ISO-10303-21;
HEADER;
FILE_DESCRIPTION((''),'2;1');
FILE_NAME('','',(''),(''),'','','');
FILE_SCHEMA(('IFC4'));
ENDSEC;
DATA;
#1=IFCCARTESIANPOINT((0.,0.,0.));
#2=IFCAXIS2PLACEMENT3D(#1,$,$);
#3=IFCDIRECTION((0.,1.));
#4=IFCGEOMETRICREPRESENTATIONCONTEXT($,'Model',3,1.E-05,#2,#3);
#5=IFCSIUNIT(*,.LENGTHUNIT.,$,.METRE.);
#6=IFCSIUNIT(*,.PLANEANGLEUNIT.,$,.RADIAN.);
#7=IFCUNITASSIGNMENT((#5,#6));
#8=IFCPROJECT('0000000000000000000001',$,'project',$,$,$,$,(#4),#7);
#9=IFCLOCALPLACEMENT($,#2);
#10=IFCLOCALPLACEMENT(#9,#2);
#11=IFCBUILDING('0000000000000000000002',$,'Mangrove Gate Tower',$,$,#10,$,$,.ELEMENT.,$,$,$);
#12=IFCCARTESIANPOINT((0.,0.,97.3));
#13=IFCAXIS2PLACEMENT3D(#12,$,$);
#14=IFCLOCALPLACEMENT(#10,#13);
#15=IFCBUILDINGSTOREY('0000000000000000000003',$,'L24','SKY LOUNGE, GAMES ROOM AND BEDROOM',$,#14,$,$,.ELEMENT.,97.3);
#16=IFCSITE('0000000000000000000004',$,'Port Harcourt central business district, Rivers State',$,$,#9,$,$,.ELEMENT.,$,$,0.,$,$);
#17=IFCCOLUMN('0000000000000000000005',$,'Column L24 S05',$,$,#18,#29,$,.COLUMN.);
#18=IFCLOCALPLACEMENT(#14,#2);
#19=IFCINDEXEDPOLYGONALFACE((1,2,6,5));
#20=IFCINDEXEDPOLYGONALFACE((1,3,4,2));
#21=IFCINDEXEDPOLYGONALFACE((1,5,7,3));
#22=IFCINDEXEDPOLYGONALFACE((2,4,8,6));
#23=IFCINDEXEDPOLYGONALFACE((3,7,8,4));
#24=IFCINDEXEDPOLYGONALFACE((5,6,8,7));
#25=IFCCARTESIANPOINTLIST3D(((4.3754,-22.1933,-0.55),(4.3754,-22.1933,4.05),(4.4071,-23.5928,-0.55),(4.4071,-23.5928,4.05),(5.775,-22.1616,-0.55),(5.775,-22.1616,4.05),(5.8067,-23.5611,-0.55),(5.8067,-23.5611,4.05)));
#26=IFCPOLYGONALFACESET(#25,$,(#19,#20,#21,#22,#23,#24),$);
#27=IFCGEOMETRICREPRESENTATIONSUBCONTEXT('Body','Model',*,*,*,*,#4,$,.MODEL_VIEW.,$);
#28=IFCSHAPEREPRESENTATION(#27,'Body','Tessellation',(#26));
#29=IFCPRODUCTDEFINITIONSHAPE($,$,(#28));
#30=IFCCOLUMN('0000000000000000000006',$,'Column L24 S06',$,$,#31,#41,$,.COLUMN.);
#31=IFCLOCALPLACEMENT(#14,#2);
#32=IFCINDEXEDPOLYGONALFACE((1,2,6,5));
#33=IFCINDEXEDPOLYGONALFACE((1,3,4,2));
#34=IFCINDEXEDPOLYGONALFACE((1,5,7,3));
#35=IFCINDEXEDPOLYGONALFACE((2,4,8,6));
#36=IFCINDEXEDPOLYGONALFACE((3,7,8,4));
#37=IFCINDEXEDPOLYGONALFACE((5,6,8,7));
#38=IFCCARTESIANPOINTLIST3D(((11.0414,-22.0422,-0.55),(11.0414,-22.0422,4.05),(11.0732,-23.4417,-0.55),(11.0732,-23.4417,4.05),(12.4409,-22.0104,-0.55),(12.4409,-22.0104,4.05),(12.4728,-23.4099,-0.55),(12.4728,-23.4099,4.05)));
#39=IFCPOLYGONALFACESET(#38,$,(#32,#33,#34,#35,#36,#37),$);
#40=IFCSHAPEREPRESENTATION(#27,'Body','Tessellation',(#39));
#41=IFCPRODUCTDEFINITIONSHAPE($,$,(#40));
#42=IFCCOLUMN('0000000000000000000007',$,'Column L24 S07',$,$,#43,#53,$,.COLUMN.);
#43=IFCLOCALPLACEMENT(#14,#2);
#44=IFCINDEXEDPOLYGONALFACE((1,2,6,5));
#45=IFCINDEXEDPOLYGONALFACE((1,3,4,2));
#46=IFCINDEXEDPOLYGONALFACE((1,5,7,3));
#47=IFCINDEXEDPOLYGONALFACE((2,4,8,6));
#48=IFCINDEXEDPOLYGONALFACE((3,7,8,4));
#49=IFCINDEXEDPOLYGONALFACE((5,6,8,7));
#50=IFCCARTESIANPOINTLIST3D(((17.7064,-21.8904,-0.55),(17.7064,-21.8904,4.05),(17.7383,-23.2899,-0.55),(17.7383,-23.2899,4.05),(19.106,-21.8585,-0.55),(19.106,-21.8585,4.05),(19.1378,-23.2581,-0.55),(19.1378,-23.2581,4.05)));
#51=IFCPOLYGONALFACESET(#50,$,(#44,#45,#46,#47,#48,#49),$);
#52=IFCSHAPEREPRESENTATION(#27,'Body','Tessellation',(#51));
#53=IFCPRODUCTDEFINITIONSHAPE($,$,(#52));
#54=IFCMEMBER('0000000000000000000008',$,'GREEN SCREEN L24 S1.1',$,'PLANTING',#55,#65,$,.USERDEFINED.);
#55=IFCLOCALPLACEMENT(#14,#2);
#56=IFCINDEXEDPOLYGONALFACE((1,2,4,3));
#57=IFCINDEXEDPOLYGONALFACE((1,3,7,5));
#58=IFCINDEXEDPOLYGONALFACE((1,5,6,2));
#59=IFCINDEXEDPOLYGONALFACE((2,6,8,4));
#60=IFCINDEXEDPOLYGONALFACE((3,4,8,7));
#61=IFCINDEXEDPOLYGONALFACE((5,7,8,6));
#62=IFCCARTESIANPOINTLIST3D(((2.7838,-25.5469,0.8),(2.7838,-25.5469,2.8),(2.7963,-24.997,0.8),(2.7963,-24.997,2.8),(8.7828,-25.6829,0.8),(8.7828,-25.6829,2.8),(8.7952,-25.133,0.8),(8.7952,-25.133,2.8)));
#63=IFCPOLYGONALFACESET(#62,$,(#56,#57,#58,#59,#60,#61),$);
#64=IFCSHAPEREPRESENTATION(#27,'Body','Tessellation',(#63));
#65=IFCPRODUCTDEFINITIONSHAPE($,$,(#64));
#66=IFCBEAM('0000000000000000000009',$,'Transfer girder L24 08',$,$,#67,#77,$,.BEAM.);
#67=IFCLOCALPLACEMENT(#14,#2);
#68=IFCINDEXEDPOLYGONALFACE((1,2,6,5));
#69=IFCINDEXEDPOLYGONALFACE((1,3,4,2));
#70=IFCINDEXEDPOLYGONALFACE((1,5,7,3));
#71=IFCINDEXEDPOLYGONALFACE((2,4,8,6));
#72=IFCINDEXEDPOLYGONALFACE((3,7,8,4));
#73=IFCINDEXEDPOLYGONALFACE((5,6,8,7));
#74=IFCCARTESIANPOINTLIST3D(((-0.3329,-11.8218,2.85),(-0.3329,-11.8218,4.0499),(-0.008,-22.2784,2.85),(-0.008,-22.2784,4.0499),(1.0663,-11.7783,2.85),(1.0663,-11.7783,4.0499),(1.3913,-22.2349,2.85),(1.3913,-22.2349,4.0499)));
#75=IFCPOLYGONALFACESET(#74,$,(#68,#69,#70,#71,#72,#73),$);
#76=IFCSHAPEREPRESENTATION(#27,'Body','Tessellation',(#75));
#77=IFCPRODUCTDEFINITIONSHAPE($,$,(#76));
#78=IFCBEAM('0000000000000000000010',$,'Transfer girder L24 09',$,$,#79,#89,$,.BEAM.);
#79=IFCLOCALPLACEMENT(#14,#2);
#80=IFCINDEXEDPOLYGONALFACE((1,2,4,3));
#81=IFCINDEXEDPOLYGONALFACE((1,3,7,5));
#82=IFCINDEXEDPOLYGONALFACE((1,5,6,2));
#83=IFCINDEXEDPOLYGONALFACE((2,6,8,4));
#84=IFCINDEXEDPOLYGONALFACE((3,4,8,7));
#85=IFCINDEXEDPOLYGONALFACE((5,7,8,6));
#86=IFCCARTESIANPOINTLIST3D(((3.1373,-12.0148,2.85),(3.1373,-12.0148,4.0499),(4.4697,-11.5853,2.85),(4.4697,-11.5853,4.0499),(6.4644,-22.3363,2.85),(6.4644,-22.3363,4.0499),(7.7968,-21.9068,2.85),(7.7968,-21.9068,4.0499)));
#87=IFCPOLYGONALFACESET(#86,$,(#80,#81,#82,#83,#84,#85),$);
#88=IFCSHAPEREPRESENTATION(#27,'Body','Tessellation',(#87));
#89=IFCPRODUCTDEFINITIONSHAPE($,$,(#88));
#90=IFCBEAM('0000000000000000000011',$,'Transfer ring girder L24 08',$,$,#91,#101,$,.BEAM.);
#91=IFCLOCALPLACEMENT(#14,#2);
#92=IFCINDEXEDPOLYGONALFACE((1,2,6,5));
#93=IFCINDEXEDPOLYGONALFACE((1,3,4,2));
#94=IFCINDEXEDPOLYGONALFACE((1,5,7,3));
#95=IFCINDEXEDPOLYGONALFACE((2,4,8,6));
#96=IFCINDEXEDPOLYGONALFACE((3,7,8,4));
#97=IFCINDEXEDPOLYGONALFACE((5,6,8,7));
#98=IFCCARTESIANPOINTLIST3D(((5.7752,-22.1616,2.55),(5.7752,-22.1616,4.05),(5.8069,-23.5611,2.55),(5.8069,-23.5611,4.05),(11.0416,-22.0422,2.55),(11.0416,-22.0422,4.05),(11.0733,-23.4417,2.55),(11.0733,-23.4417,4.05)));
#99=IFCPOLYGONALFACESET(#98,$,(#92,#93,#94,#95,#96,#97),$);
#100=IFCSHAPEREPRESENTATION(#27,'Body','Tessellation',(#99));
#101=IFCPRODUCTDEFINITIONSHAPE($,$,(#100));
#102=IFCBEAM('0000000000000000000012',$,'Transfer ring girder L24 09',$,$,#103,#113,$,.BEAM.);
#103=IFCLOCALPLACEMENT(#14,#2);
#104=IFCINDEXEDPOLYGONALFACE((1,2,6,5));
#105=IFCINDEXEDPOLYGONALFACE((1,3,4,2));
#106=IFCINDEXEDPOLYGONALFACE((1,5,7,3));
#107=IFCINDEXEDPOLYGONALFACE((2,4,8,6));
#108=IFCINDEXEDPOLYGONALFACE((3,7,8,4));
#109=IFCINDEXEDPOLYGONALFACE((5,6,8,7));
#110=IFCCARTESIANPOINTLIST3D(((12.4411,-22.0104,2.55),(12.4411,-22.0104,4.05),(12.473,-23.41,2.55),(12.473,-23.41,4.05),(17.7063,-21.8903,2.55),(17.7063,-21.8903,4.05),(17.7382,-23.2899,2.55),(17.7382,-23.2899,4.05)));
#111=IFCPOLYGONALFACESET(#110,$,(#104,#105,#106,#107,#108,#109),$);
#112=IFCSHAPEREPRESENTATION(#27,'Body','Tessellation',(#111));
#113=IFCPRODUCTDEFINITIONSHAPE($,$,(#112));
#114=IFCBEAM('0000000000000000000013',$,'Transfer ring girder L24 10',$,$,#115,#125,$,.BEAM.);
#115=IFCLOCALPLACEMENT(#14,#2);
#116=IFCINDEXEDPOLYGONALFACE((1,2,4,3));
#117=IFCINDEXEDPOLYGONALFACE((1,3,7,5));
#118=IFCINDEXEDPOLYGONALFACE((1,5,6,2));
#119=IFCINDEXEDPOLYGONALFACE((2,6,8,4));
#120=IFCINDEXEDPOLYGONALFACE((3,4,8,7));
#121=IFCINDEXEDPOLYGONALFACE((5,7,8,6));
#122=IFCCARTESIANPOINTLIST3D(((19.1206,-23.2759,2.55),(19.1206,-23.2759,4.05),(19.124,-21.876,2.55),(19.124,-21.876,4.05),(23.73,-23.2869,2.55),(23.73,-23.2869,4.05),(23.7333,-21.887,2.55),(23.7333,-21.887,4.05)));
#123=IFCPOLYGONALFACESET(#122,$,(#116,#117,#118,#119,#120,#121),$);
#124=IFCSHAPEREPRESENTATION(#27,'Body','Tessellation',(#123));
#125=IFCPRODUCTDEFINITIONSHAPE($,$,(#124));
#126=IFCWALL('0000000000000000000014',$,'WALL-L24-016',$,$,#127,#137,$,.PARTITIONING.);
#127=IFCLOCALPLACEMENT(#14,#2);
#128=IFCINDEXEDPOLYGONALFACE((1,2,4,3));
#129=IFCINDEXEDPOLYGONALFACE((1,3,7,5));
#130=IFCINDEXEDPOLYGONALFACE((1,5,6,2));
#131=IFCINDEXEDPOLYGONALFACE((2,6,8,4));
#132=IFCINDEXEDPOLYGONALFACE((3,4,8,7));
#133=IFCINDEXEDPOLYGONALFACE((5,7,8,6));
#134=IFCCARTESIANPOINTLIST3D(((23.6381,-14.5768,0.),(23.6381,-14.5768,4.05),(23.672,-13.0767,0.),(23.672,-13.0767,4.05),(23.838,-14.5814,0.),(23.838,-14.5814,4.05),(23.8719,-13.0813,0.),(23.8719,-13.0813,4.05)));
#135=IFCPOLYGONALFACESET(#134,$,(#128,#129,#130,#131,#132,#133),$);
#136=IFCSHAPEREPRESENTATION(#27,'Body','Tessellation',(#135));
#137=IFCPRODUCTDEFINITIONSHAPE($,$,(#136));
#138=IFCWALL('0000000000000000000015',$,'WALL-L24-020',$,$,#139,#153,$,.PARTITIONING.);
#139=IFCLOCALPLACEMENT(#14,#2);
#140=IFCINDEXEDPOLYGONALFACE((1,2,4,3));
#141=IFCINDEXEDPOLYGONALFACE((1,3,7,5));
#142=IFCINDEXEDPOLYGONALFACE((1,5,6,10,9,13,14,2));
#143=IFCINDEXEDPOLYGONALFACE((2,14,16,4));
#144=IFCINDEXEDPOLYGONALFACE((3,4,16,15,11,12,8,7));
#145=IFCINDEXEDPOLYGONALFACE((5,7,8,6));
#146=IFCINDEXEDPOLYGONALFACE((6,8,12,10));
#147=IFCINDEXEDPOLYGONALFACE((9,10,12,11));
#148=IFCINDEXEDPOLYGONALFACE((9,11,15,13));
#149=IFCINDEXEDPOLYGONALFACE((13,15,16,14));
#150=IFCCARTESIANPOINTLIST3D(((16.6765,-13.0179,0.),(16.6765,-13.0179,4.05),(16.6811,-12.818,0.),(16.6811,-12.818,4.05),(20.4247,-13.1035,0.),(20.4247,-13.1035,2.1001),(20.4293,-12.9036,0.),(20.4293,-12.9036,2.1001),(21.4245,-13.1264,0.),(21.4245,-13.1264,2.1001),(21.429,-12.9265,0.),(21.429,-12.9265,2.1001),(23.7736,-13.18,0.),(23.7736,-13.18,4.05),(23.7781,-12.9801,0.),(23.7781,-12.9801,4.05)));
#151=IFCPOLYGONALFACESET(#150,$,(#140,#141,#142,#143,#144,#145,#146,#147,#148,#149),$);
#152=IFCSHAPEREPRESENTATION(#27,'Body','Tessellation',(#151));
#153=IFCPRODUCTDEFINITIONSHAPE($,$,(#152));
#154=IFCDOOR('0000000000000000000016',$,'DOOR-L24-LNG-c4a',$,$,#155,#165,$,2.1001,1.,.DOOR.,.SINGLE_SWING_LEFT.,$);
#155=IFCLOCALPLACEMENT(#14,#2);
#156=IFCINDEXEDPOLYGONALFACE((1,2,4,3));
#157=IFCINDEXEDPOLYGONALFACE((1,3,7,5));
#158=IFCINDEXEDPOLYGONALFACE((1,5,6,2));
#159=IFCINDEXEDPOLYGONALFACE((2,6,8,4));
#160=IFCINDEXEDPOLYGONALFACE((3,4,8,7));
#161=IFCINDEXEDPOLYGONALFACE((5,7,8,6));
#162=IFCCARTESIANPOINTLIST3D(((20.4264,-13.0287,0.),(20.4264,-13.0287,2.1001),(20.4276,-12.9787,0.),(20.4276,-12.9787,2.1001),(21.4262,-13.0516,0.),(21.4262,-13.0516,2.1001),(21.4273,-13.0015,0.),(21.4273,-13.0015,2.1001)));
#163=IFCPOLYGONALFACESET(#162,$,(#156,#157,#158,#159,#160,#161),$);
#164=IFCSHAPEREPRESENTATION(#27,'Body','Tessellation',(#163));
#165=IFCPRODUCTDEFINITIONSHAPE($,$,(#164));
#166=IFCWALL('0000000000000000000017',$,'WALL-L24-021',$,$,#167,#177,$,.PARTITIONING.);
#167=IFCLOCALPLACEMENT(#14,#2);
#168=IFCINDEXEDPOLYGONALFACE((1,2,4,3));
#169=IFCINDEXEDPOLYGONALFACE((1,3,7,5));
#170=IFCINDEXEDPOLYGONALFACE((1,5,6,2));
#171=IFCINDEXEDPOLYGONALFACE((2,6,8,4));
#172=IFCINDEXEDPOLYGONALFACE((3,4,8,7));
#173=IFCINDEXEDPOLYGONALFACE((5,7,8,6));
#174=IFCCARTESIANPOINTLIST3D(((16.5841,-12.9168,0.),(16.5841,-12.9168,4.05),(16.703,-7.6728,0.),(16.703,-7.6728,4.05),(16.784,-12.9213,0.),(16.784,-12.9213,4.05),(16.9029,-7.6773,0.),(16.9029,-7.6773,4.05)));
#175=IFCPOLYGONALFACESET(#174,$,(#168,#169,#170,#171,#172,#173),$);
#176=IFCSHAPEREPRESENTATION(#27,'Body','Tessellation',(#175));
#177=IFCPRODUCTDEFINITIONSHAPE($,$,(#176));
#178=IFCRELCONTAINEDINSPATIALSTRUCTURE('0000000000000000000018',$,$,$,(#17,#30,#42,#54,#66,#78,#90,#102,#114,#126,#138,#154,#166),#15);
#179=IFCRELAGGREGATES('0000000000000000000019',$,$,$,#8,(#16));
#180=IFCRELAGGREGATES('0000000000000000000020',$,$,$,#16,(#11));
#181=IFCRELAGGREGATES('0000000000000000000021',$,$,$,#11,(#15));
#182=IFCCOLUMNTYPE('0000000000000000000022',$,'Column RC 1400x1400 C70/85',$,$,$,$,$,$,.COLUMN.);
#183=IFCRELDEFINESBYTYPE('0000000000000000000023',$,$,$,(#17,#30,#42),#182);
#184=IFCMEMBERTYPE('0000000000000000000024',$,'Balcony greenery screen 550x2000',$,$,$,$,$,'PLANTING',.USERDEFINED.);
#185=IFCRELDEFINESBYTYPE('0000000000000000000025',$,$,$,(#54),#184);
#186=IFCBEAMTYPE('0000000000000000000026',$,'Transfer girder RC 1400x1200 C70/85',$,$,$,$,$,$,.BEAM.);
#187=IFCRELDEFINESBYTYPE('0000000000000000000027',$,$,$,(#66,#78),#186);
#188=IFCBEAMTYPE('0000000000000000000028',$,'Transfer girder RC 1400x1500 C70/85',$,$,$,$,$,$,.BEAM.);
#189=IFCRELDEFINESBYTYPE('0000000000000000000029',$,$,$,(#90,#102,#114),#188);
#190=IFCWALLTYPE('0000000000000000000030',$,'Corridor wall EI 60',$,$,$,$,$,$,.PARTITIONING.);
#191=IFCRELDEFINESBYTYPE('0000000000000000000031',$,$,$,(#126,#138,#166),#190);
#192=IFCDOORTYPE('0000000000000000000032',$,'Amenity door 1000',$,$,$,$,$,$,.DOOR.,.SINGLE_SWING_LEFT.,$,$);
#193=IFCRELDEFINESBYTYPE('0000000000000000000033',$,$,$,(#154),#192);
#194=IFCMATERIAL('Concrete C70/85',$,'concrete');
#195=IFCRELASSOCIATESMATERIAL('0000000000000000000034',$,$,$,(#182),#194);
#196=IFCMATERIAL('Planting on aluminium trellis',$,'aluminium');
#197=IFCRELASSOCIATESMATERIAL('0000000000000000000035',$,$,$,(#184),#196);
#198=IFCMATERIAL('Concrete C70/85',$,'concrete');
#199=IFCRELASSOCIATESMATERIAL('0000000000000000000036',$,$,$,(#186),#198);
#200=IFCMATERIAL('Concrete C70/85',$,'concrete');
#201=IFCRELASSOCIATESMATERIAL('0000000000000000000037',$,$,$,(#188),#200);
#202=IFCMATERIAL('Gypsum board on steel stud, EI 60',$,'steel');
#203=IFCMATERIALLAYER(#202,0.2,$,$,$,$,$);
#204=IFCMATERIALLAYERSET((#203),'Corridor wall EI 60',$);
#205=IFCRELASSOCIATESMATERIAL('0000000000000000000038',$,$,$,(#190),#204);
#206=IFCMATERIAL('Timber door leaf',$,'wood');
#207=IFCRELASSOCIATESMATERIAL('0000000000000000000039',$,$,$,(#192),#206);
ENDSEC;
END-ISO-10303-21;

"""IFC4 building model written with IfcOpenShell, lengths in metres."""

from ifc_helpers import new_model, si_unit, direction, frame, frame_2d, origin, origin_2d, place, context, subcontext, project, spatial, rectangle, extrude, material, layer, layer_set, material_profile, profile_set, type_object, element, fill, save


model = new_model("IFC4")

# Units and contexts
model_context = context("Model", 3, precision=1e-05, world=origin(), true_north=direction((0.0, 1.0)))
body_context = subcontext(model_context, "Body", "Model", "MODEL_VIEW")
ifc_project = project(units=[si_unit("LENGTHUNIT", "METRE"), si_unit("PLANEANGLEUNIT", "RADIAN")], contexts=[model_context])

# Site, building, storey
site_placement = place(None, origin())
site = spatial("IfcSite", under=ifc_project, at=site_placement, Name="Port Harcourt central business district, Rivers State", CompositionType="ELEMENT", RefElevation=0.0)
building_placement = place(site_placement, origin())
building = spatial("IfcBuilding", under=site, at=building_placement, Name="Mangrove Gate Tower", CompositionType="ELEMENT")
storey_placement = place(building_placement, frame((0.0, 0.0, 97.3)))
storey = spatial("IfcBuildingStorey", under=building, at=storey_placement, Name="L24", Description="SKY LOUNGE, GAMES ROOM AND BEDROOM", CompositionType="ELEMENT", Elevation=97.3)

# Columns
ifc_material_1 = material(Name="Concrete C70/85", Category="concrete")
ifc_material_profile_1 = material_profile(ifc_material_1, rectangle(XDim=1.3999, YDim=1.3999, at=origin_2d()))
ifc_profile_set_1 = profile_set([ifc_material_profile_1], Name="Concrete C70/85")
column_type = type_object("IfcColumnType", Name="Column RC 1400x1400 C70/85", PredefinedType="COLUMN", material=ifc_profile_set_1)
for number, where, z_axis, x_axis, name in (
    (1, (5.0911, -22.8772, -0.55), (0.0, 0.0, 1.0), (0.999744, 0.022646, 0.0), "Column L24 S05"),
    (2, (11.7571, -22.7261, -0.55), (0.0, 0.0, 1.0), (0.999742, 0.022723, 0.0), "Column L24 S06"),
    (3, (18.4221, -22.5742, -0.55), (0.0, 0.0, 1.0), (0.999742, 0.022723, 0.0), "Column L24 S07"),
):
    element("IfcColumn", number, at=place(storey_placement, frame(where, z_axis=z_axis, x_axis=x_axis)), inside=storey, type_object=column_type, Name=name, PredefinedType="COLUMN", context=body_context, shape_type="SweptSolid", body=[
        extrude(rectangle(XDim=1.3999, YDim=1.3999, at=origin_2d()), origin(), (0.0, 0.0, 1.0), 4.6001),
    ])

# Member
ifc_material_2 = material(Name="Planting on aluminium trellis", Category="aluminium")
ifc_material_profile_2 = material_profile(ifc_material_2, rectangle(XDim=0.55, YDim=2.0, at=origin_2d()))
ifc_profile_set_2 = profile_set([ifc_material_profile_2], Name="Planting on aluminium trellis")
member_type = type_object("IfcMemberType", Name="Balcony greenery screen 550x2000", ElementType="PLANTING", PredefinedType="USERDEFINED", material=ifc_profile_set_2)
member_placement = place(storey_placement, frame((2.79, -25.272, 1.8), z_axis=(0.999743, -0.022662, 0.0), x_axis=(0.022662, 0.999743, 0.0)))
element("IfcMember", 4, at=member_placement, inside=storey, type_object=member_type, Name="GREEN SCREEN L24 S1.1", ObjectType="PLANTING", PredefinedType="USERDEFINED", context=body_context, shape_type="SweptSolid", body=[
    extrude(rectangle(XDim=0.55, YDim=2.0, at=origin_2d()), origin(), (0.0, 0.0, 1.0), 6.0005),
])

# Beams
ifc_material_3 = material(Name="Concrete C70/85", Category="concrete")
ifc_material_profile_3 = material_profile(ifc_material_3, rectangle(XDim=1.3999, YDim=1.2, at=origin_2d()))
ifc_profile_set_3 = profile_set([ifc_material_profile_3], Name="Concrete C70/85")
beam_type_1 = type_object("IfcBeamType", Name="Transfer girder RC 1400x1200 C70/85", PredefinedType="BEAM", material=ifc_profile_set_3)
beam_1_placement = place(storey_placement, frame((0.3667, -11.8, 3.45), z_axis=(0.031061, -0.999517, 0.0), x_axis=(0.999517, 0.031061, 0.0)))
element("IfcBeam", 5, at=beam_1_placement, inside=storey, type_object=beam_type_1, Name="Transfer girder L24 08", PredefinedType="BEAM", context=body_context, shape_type="SweptSolid", body=[
    extrude(rectangle(XDim=1.3999, YDim=1.2, at=origin_2d()), origin(), (0.0, 0.0, 1.0), 10.4617),
])
beam_2_placement = place(storey_placement, frame((3.8035, -11.8, 3.45), z_axis=(0.306804, -0.951773, 0.0), x_axis=(0.951773, 0.306804, 0.0)))
element("IfcBeam", 6, at=beam_2_placement, inside=storey, type_object=beam_type_1, Name="Transfer girder L24 09", PredefinedType="BEAM", context=body_context, shape_type="SweptSolid", body=[
    extrude(rectangle(XDim=1.3999, YDim=1.2, at=origin_2d()), origin(), (0.0, 0.0, 1.0), 10.8445),
])
ifc_material_4 = material(Name="Concrete C70/85", Category="concrete")
ifc_material_profile_4 = material_profile(ifc_material_4, rectangle(XDim=1.3999, YDim=1.5, at=origin_2d()))
ifc_profile_set_4 = profile_set([ifc_material_profile_4], Name="Concrete C70/85")
beam_type_2 = type_object("IfcBeamType", Name="Transfer girder RC 1400x1500 C70/85", PredefinedType="BEAM", material=ifc_profile_set_4)
beam_3_placement = place(storey_placement, frame((5.791, -22.8613, 3.3), z_axis=(0.999743, 0.022664, 0.0), x_axis=(-0.022664, 0.999743, 0.0)))
element("IfcBeam", 7, at=beam_3_placement, inside=storey, type_object=beam_type_2, Name="Transfer ring girder L24 08", PredefinedType="BEAM", context=body_context, shape_type="SweptSolid", body=[
    extrude(rectangle(XDim=1.3999, YDim=1.5, at=origin_2d()), origin(), (0.0, 0.0, 1.0), 5.2678),
])
beam_4_placement = place(storey_placement, frame((12.457, -22.7102, 3.3), z_axis=(0.99974, 0.022808, 0.0), x_axis=(-0.022808, 0.99974, 0.0)))
element("IfcBeam", 8, at=beam_4_placement, inside=storey, type_object=beam_type_2, Name="Transfer ring girder L24 09", PredefinedType="BEAM", context=body_context, shape_type="SweptSolid", body=[
    extrude(rectangle(XDim=1.3999, YDim=1.5, at=origin_2d()), origin(), (0.0, 0.0, 1.0), 5.2666),
])
beam_5_placement = place(storey_placement, frame((19.1223, -22.5759, 3.3), z_axis=(0.999997, -0.002383, 0.0), x_axis=(0.002383, 0.999997, 0.0)))
element("IfcBeam", 9, at=beam_5_placement, inside=storey, type_object=beam_type_2, Name="Transfer ring girder L24 10", PredefinedType="BEAM", context=body_context, shape_type="SweptSolid", body=[
    extrude(rectangle(XDim=1.3999, YDim=1.5, at=origin_2d()), origin(), (0.0, 0.0, 1.0), 4.6094),
])

# Wall
ifc_material_5 = material(Name="Gypsum board on steel stud, EI 60", Category="steel")
ifc_layer_1 = layer(ifc_material_5, 0.2)
ifc_layer_set_1 = layer_set([ifc_layer_1], Name="Corridor wall EI 60")
wall_type_1 = type_object("IfcWallType", Name="Corridor wall EI 60", PredefinedType="PARTITIONING", material=ifc_layer_set_1)
wall_1_placement = place(storey_placement, frame((23.738, -14.5791, 0.0), z_axis=(0.0, 0.0, 1.0), x_axis=(0.022618, 0.999744, 0.0)))
element("IfcWall", 10, at=wall_1_placement, inside=storey, type_object=wall_type_1, Name="WALL-L24-016", PredefinedType="PARTITIONING", context=body_context, shape_type="SweptSolid", body=[
    extrude(rectangle(XDim=1.5005, YDim=0.2, at=frame_2d((0.7502, 0.0))), origin(), (0.0, 0.0, 1.0), 4.05),
])

# Wall, opening, door
wall_2_placement = place(storey_placement, frame((16.679, -12.918, 0.0), z_axis=(0.0, 0.0, 1.0), x_axis=(0.999739, -0.022836, 0.0)))
wall_2 = element("IfcWall", 11, at=wall_2_placement, inside=storey, type_object=wall_type_1, Name="WALL-L24-020", PredefinedType="PARTITIONING", context=body_context, shape_type="SweptSolid", body=[
    extrude(rectangle(XDim=7.0989, YDim=0.2, at=frame_2d((3.5493, 0.0))), origin(), (0.0, 0.0, 1.0), 4.05),
])
opening_1_placement = place(wall_2_placement, frame((3.749, 0.0, 0.0)))
opening_1 = element("IfcOpeningElement", 12, at=opening_1_placement, cuts=wall_2, PredefinedType="OPENING", context=body_context, shape_type="SweptSolid", body=[
    extrude(rectangle(XDim=1.0, YDim=2.1001, at=frame_2d((0.5, 1.05))), frame((0.0, 0.1099, 0.0), z_axis=(0.0, -1.0, 0.0), x_axis=(1.0, 0.0, 0.0)), (0.0, 0.0, 1.0), 0.22),
])
ifc_material_6 = material(Name="Timber door leaf", Category="wood")
door_type_1 = type_object("IfcDoorType", Name="Amenity door 1000", OperationType="SINGLE_SWING_LEFT", PredefinedType="DOOR", material=ifc_material_6)
door_1_placement = place(opening_1_placement, origin())
door_1 = element("IfcDoor", 13, at=door_1_placement, inside=storey, type_object=door_type_1, Name="DOOR-L24-LNG-c4a", OperationType="SINGLE_SWING_LEFT", OverallHeight=2.1001, OverallWidth=1.0, PredefinedType="DOOR", context=body_context, shape_type="SweptSolid", body=[
    extrude(rectangle(XDim=1.0, YDim=2.1001, at=frame_2d((0.5, 1.05))), frame((0.0, 0.0249, 0.0), z_axis=(0.0, -1.0, 0.0), x_axis=(1.0, 0.0, 0.0)), (0.0, 0.0, 1.0), 0.05),
])
fill(opening_1, door_1)

# Wall
wall_3_placement = place(storey_placement, frame((16.6841, -12.9189, 0.0), z_axis=(0.0, 0.0, 1.0), x_axis=(0.022667, 0.999743, 0.0)))
element("IfcWall", 14, at=wall_3_placement, inside=storey, type_object=wall_type_1, Name="WALL-L24-021", PredefinedType="PARTITIONING", context=body_context, shape_type="SweptSolid", body=[
    extrude(rectangle(XDim=5.2454, YDim=0.2, at=frame_2d((2.6226, 0.0))), origin(), (0.0, 0.0, 1.0), 4.05),
])

save(model, "model.ifc")
